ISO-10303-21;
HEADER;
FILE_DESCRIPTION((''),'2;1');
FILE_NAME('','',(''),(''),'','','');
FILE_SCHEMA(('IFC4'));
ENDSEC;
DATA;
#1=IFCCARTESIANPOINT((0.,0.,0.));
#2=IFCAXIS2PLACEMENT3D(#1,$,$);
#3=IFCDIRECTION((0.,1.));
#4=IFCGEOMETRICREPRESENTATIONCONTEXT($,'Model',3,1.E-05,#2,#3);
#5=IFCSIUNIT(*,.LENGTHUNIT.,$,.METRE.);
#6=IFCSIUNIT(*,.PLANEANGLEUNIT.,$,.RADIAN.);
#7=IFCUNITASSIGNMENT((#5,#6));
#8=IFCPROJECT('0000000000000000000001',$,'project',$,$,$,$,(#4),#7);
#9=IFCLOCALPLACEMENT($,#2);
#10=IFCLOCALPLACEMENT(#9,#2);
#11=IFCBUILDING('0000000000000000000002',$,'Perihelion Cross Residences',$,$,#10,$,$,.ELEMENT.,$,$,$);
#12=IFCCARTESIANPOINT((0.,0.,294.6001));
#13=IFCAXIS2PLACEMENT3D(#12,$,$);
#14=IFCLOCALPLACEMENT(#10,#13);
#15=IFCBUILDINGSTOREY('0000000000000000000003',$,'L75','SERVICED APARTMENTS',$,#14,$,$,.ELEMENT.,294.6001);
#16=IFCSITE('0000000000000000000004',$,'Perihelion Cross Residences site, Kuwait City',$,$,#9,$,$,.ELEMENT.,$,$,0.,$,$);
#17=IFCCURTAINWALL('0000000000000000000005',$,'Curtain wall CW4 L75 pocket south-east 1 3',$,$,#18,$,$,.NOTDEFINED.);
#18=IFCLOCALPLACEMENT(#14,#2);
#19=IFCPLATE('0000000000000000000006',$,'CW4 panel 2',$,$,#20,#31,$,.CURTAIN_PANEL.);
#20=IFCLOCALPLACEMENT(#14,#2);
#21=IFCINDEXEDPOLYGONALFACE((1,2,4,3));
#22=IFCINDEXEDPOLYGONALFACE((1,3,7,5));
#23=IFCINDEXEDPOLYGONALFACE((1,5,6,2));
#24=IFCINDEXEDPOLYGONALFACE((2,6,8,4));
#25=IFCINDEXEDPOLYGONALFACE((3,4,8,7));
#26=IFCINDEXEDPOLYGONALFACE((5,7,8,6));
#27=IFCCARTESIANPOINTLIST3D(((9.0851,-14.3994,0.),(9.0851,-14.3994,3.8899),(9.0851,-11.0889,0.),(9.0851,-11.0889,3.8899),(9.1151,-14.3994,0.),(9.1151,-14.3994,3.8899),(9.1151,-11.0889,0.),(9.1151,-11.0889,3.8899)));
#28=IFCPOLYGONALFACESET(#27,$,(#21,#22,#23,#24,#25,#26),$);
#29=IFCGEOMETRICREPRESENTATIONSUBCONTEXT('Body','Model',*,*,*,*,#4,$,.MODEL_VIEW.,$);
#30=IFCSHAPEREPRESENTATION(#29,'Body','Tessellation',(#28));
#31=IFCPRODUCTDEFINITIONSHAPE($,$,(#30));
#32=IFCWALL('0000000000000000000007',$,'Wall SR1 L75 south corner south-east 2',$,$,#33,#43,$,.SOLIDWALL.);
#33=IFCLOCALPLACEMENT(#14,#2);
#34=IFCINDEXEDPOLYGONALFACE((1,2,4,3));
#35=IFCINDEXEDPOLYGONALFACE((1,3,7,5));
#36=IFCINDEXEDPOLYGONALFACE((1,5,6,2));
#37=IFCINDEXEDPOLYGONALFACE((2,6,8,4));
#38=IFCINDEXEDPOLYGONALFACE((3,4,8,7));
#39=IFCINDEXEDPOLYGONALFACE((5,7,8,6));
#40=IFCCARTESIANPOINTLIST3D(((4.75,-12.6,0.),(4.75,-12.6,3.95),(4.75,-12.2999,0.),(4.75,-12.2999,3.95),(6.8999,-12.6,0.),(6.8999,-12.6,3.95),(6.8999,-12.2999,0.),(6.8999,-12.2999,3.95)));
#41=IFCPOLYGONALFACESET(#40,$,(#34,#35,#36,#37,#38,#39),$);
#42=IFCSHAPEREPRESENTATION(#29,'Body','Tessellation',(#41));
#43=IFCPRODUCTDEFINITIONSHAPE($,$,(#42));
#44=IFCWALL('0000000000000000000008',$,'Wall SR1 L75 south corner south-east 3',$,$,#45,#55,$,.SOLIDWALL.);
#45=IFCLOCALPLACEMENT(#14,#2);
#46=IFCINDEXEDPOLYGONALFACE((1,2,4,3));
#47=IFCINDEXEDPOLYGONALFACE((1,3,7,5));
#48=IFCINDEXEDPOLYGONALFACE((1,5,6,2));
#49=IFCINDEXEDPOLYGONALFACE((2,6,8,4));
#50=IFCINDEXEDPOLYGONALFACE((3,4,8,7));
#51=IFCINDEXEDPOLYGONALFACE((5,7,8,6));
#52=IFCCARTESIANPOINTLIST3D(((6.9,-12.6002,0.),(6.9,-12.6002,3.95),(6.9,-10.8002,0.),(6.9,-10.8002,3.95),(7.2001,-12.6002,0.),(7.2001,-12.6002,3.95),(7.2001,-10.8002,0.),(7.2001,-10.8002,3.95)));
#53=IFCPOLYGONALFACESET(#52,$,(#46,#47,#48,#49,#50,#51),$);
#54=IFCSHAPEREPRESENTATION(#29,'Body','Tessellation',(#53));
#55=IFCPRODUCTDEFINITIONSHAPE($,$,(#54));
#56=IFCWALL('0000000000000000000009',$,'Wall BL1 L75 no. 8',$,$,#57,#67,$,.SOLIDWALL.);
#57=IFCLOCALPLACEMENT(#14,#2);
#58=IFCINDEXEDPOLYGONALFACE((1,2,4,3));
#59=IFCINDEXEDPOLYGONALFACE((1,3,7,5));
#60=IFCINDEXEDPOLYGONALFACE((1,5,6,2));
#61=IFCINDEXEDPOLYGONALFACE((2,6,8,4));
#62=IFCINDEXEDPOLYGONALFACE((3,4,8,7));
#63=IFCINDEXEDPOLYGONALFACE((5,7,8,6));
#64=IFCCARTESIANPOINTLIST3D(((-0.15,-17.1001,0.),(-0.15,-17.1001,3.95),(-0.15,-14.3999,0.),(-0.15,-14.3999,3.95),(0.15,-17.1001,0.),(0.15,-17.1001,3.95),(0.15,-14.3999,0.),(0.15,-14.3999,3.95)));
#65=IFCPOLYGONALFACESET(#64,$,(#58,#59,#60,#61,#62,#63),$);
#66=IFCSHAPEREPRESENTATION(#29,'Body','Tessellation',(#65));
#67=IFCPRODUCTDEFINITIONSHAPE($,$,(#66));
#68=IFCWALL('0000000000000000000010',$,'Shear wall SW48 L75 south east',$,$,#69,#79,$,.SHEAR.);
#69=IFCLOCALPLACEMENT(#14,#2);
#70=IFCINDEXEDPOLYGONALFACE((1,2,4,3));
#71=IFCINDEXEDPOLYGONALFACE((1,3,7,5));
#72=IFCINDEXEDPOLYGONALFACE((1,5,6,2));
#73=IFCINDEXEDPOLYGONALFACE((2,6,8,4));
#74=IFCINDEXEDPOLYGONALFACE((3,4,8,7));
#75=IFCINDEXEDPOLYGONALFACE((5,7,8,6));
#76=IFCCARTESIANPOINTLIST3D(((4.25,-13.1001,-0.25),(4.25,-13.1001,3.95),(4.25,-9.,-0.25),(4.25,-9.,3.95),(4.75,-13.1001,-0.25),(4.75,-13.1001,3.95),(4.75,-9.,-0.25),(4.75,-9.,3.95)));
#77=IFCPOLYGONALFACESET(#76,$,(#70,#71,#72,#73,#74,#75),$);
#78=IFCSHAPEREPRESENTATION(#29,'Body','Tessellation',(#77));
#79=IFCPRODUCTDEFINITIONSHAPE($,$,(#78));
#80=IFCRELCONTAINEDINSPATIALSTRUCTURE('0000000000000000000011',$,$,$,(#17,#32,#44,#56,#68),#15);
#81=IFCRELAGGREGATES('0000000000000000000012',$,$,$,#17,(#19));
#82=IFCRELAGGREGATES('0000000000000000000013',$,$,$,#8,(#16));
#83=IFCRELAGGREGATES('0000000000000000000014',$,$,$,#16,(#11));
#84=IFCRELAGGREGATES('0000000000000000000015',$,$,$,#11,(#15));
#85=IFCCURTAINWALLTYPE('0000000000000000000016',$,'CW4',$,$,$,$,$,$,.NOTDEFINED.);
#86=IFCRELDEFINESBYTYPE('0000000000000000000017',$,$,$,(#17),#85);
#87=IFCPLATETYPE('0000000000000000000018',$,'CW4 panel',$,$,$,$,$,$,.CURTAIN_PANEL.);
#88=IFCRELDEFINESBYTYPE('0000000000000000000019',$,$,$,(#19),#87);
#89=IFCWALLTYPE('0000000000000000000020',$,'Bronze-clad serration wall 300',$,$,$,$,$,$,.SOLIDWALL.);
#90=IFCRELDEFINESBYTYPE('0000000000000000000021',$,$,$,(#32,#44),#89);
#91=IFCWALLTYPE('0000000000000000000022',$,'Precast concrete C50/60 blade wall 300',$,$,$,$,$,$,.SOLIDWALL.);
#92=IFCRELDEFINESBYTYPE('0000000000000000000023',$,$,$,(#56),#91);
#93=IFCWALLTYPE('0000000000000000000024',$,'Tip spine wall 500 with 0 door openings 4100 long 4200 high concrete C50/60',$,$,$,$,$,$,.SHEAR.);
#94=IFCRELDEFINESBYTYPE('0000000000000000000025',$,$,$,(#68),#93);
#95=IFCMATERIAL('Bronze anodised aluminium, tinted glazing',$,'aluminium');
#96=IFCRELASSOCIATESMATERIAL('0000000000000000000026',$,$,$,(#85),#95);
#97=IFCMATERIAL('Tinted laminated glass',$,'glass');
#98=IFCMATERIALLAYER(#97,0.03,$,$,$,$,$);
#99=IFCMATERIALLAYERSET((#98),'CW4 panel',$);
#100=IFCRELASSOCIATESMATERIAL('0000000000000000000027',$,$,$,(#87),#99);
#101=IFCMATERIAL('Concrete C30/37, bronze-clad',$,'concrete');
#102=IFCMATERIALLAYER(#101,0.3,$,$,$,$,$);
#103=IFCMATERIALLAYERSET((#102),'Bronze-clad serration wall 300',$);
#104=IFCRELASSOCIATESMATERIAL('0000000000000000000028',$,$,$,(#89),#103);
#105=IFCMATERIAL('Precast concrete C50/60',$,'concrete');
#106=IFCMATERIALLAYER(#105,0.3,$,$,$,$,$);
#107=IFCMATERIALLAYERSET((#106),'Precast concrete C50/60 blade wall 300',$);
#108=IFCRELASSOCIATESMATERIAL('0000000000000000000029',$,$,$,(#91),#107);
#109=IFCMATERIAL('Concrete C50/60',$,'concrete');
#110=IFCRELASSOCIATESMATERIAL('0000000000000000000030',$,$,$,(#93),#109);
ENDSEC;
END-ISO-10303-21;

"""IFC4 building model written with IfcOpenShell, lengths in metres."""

from ifc_helpers import new_model, si_unit, direction, frame, frame_2d, origin, origin_2d, place, context, subcontext, project, spatial, polyline, rectangle, outline, extrude, material, layer, layer_set, material_profile, profile_set, type_object, element, aggregate, save


model = new_model("IFC4")

# Units and contexts
model_context = context("Model", 3, precision=1e-05, world=origin(), true_north=direction((0.0, 1.0)))
body_context = subcontext(model_context, "Body", "Model", "MODEL_VIEW")
ifc_project = project(units=[si_unit("LENGTHUNIT", "METRE"), si_unit("PLANEANGLEUNIT", "RADIAN")], contexts=[model_context])

# Site, building, storey
site_placement = place(None, origin())
site = spatial("IfcSite", under=ifc_project, at=site_placement, Name="Perihelion Cross Residences site, Kuwait City", CompositionType="ELEMENT", RefElevation=0.0)
building_placement = place(site_placement, origin())
building = spatial("IfcBuilding", under=site, at=building_placement, Name="Perihelion Cross Residences", CompositionType="ELEMENT")
storey_placement = place(building_placement, frame((0.0, 0.0, 294.6001)))
storey = spatial("IfcBuildingStorey", under=building, at=storey_placement, Name="L75", Description="SERVICED APARTMENTS", CompositionType="ELEMENT", Elevation=294.6001)

# Shared definitions
ifc_material_1 = material(Name="Bronze anodised aluminium, tinted glazing", Category="aluminium")
curtain_wall_type_1 = type_object("IfcCurtainWallType", Name="CW4", PredefinedType="NOTDEFINED", material=ifc_material_1)

# Curtain wall
curtain_wall_1_placement = place(storey_placement, origin())
curtain_wall_1 = element("IfcCurtainWall", 1, at=curtain_wall_1_placement, inside=storey, type_object=curtain_wall_type_1, Name="Curtain wall CW4 L75 pocket south-east 1 3", PredefinedType="NOTDEFINED")

# Plate
ifc_material_2 = material(Name="Tinted laminated glass", Category="glass")
ifc_layer_1 = layer(ifc_material_2, 0.03)
ifc_layer_set_1 = layer_set([ifc_layer_1], Name="CW4 panel")
plate_type_1 = type_object("IfcPlateType", Name="CW4 panel", PredefinedType="CURTAIN_PANEL", material=ifc_layer_set_1)
plate_1_placement = place(storey_placement, frame((9.1001, -12.7441, 0.0), z_axis=(0.0, 0.0, 1.0), x_axis=(0.0, 1.0, 0.0)))
plate_1 = element("IfcPlate", 2, at=plate_1_placement, type_object=plate_type_1, Name="CW4 panel 2", PredefinedType="CURTAIN_PANEL", context=body_context, shape_type="SweptSolid", body=[
    extrude(rectangle(XDim=3.3105, YDim=0.03, at=origin_2d()), origin(), (0.0, 0.0, 1.0), 3.8899),
])
aggregate(curtain_wall_1, [plate_1])

# Walls
ifc_material_3 = material(Name="Concrete C30/37, bronze-clad", Category="concrete")
ifc_layer_2 = layer(ifc_material_3, 0.3)
ifc_layer_set_2 = layer_set([ifc_layer_2], Name="Bronze-clad serration wall 300")
wall_type_1 = type_object("IfcWallType", Name="Bronze-clad serration wall 300", PredefinedType="SOLIDWALL", material=ifc_layer_set_2)
wall_1_placement = place(storey_placement, frame((4.75, -12.45, 0.0), z_axis=(0.0, 0.0, 1.0), x_axis=(1.0, 0.0, 0.0)))
element("IfcWall", 3, at=wall_1_placement, inside=storey, type_object=wall_type_1, Name="Wall SR1 L75 south corner south-east 2", PredefinedType="SOLIDWALL", context=body_context, shape_type="SweptSolid", body=[
    extrude(rectangle(XDim=2.1499, YDim=0.3, at=frame_2d((1.075, 0.0))), origin(), (0.0, 0.0, 1.0), 3.95),
])
wall_2_placement = place(storey_placement, frame((7.05, -12.6001, 0.0), z_axis=(0.0, 0.0, 1.0), x_axis=(0.0, 1.0, 0.0)))
element("IfcWall", 4, at=wall_2_placement, inside=storey, type_object=wall_type_1, Name="Wall SR1 L75 south corner south-east 3", PredefinedType="SOLIDWALL", context=body_context, shape_type="SweptSolid", body=[
    extrude(rectangle(XDim=1.8, YDim=0.3, at=frame_2d((0.8999, 0.0))), origin(), (0.0, 0.0, 1.0), 3.95),
])
ifc_material_4 = material(Name="Precast concrete C50/60", Category="concrete")
ifc_layer_3 = layer(ifc_material_4, 0.3)
ifc_layer_set_3 = layer_set([ifc_layer_3], Name="Precast concrete C50/60 blade wall 300")
wall_type_2 = type_object("IfcWallType", Name="Precast concrete C50/60 blade wall 300", PredefinedType="SOLIDWALL", material=ifc_layer_set_3)
wall_3_placement = place(storey_placement, frame((0.0, -14.3999, 0.0), z_axis=(0.0, 0.0, 1.0), x_axis=(0.0, -1.0, 0.0)))
element("IfcWall", 5, at=wall_3_placement, inside=storey, type_object=wall_type_2, Name="Wall BL1 L75 no. 8", PredefinedType="SOLIDWALL", context=body_context, shape_type="SweptSolid", body=[
    extrude(rectangle(XDim=2.7002, YDim=0.3, at=frame_2d((1.3501, 0.0))), origin(), (0.0, 0.0, 1.0), 3.95),
])
ifc_material_5 = material(Name="Concrete C50/60", Category="concrete")
ifc_material_profile_1 = material_profile(ifc_material_5, outline(polyline([(0.0, 0.0), (4.1001, 0.0), (4.1001, 4.2), (0.0, 4.2), (0.0, 0.0)])), Name="Tip spine wall")
ifc_profile_set_1 = profile_set([ifc_material_profile_1], Name="Concrete C50/60")
wall_type_3 = type_object("IfcWallType", Name="Tip spine wall 500 with 0 door openings 4100 long 4200 high concrete C50/60", PredefinedType="SHEAR", material=ifc_profile_set_1)
wall_4_placement = place(storey_placement, frame((4.25, -13.1001, -0.25), z_axis=(1.0, 0.0, 0.0), x_axis=(0.0, 1.0, 0.0)))
element("IfcWall", 6, at=wall_4_placement, inside=storey, type_object=wall_type_3, Name="Shear wall SW48 L75 south east", PredefinedType="SHEAR", context=body_context, shape_type="SweptSolid", body=[
    extrude(outline(polyline([(0.0, 0.0), (4.1001, 0.0), (4.1001, 4.2), (0.0, 4.2), (0.0, 0.0)])), origin(), (0.0, 0.0, 1.0), 0.5),
])

save(model, "model.ifc")
